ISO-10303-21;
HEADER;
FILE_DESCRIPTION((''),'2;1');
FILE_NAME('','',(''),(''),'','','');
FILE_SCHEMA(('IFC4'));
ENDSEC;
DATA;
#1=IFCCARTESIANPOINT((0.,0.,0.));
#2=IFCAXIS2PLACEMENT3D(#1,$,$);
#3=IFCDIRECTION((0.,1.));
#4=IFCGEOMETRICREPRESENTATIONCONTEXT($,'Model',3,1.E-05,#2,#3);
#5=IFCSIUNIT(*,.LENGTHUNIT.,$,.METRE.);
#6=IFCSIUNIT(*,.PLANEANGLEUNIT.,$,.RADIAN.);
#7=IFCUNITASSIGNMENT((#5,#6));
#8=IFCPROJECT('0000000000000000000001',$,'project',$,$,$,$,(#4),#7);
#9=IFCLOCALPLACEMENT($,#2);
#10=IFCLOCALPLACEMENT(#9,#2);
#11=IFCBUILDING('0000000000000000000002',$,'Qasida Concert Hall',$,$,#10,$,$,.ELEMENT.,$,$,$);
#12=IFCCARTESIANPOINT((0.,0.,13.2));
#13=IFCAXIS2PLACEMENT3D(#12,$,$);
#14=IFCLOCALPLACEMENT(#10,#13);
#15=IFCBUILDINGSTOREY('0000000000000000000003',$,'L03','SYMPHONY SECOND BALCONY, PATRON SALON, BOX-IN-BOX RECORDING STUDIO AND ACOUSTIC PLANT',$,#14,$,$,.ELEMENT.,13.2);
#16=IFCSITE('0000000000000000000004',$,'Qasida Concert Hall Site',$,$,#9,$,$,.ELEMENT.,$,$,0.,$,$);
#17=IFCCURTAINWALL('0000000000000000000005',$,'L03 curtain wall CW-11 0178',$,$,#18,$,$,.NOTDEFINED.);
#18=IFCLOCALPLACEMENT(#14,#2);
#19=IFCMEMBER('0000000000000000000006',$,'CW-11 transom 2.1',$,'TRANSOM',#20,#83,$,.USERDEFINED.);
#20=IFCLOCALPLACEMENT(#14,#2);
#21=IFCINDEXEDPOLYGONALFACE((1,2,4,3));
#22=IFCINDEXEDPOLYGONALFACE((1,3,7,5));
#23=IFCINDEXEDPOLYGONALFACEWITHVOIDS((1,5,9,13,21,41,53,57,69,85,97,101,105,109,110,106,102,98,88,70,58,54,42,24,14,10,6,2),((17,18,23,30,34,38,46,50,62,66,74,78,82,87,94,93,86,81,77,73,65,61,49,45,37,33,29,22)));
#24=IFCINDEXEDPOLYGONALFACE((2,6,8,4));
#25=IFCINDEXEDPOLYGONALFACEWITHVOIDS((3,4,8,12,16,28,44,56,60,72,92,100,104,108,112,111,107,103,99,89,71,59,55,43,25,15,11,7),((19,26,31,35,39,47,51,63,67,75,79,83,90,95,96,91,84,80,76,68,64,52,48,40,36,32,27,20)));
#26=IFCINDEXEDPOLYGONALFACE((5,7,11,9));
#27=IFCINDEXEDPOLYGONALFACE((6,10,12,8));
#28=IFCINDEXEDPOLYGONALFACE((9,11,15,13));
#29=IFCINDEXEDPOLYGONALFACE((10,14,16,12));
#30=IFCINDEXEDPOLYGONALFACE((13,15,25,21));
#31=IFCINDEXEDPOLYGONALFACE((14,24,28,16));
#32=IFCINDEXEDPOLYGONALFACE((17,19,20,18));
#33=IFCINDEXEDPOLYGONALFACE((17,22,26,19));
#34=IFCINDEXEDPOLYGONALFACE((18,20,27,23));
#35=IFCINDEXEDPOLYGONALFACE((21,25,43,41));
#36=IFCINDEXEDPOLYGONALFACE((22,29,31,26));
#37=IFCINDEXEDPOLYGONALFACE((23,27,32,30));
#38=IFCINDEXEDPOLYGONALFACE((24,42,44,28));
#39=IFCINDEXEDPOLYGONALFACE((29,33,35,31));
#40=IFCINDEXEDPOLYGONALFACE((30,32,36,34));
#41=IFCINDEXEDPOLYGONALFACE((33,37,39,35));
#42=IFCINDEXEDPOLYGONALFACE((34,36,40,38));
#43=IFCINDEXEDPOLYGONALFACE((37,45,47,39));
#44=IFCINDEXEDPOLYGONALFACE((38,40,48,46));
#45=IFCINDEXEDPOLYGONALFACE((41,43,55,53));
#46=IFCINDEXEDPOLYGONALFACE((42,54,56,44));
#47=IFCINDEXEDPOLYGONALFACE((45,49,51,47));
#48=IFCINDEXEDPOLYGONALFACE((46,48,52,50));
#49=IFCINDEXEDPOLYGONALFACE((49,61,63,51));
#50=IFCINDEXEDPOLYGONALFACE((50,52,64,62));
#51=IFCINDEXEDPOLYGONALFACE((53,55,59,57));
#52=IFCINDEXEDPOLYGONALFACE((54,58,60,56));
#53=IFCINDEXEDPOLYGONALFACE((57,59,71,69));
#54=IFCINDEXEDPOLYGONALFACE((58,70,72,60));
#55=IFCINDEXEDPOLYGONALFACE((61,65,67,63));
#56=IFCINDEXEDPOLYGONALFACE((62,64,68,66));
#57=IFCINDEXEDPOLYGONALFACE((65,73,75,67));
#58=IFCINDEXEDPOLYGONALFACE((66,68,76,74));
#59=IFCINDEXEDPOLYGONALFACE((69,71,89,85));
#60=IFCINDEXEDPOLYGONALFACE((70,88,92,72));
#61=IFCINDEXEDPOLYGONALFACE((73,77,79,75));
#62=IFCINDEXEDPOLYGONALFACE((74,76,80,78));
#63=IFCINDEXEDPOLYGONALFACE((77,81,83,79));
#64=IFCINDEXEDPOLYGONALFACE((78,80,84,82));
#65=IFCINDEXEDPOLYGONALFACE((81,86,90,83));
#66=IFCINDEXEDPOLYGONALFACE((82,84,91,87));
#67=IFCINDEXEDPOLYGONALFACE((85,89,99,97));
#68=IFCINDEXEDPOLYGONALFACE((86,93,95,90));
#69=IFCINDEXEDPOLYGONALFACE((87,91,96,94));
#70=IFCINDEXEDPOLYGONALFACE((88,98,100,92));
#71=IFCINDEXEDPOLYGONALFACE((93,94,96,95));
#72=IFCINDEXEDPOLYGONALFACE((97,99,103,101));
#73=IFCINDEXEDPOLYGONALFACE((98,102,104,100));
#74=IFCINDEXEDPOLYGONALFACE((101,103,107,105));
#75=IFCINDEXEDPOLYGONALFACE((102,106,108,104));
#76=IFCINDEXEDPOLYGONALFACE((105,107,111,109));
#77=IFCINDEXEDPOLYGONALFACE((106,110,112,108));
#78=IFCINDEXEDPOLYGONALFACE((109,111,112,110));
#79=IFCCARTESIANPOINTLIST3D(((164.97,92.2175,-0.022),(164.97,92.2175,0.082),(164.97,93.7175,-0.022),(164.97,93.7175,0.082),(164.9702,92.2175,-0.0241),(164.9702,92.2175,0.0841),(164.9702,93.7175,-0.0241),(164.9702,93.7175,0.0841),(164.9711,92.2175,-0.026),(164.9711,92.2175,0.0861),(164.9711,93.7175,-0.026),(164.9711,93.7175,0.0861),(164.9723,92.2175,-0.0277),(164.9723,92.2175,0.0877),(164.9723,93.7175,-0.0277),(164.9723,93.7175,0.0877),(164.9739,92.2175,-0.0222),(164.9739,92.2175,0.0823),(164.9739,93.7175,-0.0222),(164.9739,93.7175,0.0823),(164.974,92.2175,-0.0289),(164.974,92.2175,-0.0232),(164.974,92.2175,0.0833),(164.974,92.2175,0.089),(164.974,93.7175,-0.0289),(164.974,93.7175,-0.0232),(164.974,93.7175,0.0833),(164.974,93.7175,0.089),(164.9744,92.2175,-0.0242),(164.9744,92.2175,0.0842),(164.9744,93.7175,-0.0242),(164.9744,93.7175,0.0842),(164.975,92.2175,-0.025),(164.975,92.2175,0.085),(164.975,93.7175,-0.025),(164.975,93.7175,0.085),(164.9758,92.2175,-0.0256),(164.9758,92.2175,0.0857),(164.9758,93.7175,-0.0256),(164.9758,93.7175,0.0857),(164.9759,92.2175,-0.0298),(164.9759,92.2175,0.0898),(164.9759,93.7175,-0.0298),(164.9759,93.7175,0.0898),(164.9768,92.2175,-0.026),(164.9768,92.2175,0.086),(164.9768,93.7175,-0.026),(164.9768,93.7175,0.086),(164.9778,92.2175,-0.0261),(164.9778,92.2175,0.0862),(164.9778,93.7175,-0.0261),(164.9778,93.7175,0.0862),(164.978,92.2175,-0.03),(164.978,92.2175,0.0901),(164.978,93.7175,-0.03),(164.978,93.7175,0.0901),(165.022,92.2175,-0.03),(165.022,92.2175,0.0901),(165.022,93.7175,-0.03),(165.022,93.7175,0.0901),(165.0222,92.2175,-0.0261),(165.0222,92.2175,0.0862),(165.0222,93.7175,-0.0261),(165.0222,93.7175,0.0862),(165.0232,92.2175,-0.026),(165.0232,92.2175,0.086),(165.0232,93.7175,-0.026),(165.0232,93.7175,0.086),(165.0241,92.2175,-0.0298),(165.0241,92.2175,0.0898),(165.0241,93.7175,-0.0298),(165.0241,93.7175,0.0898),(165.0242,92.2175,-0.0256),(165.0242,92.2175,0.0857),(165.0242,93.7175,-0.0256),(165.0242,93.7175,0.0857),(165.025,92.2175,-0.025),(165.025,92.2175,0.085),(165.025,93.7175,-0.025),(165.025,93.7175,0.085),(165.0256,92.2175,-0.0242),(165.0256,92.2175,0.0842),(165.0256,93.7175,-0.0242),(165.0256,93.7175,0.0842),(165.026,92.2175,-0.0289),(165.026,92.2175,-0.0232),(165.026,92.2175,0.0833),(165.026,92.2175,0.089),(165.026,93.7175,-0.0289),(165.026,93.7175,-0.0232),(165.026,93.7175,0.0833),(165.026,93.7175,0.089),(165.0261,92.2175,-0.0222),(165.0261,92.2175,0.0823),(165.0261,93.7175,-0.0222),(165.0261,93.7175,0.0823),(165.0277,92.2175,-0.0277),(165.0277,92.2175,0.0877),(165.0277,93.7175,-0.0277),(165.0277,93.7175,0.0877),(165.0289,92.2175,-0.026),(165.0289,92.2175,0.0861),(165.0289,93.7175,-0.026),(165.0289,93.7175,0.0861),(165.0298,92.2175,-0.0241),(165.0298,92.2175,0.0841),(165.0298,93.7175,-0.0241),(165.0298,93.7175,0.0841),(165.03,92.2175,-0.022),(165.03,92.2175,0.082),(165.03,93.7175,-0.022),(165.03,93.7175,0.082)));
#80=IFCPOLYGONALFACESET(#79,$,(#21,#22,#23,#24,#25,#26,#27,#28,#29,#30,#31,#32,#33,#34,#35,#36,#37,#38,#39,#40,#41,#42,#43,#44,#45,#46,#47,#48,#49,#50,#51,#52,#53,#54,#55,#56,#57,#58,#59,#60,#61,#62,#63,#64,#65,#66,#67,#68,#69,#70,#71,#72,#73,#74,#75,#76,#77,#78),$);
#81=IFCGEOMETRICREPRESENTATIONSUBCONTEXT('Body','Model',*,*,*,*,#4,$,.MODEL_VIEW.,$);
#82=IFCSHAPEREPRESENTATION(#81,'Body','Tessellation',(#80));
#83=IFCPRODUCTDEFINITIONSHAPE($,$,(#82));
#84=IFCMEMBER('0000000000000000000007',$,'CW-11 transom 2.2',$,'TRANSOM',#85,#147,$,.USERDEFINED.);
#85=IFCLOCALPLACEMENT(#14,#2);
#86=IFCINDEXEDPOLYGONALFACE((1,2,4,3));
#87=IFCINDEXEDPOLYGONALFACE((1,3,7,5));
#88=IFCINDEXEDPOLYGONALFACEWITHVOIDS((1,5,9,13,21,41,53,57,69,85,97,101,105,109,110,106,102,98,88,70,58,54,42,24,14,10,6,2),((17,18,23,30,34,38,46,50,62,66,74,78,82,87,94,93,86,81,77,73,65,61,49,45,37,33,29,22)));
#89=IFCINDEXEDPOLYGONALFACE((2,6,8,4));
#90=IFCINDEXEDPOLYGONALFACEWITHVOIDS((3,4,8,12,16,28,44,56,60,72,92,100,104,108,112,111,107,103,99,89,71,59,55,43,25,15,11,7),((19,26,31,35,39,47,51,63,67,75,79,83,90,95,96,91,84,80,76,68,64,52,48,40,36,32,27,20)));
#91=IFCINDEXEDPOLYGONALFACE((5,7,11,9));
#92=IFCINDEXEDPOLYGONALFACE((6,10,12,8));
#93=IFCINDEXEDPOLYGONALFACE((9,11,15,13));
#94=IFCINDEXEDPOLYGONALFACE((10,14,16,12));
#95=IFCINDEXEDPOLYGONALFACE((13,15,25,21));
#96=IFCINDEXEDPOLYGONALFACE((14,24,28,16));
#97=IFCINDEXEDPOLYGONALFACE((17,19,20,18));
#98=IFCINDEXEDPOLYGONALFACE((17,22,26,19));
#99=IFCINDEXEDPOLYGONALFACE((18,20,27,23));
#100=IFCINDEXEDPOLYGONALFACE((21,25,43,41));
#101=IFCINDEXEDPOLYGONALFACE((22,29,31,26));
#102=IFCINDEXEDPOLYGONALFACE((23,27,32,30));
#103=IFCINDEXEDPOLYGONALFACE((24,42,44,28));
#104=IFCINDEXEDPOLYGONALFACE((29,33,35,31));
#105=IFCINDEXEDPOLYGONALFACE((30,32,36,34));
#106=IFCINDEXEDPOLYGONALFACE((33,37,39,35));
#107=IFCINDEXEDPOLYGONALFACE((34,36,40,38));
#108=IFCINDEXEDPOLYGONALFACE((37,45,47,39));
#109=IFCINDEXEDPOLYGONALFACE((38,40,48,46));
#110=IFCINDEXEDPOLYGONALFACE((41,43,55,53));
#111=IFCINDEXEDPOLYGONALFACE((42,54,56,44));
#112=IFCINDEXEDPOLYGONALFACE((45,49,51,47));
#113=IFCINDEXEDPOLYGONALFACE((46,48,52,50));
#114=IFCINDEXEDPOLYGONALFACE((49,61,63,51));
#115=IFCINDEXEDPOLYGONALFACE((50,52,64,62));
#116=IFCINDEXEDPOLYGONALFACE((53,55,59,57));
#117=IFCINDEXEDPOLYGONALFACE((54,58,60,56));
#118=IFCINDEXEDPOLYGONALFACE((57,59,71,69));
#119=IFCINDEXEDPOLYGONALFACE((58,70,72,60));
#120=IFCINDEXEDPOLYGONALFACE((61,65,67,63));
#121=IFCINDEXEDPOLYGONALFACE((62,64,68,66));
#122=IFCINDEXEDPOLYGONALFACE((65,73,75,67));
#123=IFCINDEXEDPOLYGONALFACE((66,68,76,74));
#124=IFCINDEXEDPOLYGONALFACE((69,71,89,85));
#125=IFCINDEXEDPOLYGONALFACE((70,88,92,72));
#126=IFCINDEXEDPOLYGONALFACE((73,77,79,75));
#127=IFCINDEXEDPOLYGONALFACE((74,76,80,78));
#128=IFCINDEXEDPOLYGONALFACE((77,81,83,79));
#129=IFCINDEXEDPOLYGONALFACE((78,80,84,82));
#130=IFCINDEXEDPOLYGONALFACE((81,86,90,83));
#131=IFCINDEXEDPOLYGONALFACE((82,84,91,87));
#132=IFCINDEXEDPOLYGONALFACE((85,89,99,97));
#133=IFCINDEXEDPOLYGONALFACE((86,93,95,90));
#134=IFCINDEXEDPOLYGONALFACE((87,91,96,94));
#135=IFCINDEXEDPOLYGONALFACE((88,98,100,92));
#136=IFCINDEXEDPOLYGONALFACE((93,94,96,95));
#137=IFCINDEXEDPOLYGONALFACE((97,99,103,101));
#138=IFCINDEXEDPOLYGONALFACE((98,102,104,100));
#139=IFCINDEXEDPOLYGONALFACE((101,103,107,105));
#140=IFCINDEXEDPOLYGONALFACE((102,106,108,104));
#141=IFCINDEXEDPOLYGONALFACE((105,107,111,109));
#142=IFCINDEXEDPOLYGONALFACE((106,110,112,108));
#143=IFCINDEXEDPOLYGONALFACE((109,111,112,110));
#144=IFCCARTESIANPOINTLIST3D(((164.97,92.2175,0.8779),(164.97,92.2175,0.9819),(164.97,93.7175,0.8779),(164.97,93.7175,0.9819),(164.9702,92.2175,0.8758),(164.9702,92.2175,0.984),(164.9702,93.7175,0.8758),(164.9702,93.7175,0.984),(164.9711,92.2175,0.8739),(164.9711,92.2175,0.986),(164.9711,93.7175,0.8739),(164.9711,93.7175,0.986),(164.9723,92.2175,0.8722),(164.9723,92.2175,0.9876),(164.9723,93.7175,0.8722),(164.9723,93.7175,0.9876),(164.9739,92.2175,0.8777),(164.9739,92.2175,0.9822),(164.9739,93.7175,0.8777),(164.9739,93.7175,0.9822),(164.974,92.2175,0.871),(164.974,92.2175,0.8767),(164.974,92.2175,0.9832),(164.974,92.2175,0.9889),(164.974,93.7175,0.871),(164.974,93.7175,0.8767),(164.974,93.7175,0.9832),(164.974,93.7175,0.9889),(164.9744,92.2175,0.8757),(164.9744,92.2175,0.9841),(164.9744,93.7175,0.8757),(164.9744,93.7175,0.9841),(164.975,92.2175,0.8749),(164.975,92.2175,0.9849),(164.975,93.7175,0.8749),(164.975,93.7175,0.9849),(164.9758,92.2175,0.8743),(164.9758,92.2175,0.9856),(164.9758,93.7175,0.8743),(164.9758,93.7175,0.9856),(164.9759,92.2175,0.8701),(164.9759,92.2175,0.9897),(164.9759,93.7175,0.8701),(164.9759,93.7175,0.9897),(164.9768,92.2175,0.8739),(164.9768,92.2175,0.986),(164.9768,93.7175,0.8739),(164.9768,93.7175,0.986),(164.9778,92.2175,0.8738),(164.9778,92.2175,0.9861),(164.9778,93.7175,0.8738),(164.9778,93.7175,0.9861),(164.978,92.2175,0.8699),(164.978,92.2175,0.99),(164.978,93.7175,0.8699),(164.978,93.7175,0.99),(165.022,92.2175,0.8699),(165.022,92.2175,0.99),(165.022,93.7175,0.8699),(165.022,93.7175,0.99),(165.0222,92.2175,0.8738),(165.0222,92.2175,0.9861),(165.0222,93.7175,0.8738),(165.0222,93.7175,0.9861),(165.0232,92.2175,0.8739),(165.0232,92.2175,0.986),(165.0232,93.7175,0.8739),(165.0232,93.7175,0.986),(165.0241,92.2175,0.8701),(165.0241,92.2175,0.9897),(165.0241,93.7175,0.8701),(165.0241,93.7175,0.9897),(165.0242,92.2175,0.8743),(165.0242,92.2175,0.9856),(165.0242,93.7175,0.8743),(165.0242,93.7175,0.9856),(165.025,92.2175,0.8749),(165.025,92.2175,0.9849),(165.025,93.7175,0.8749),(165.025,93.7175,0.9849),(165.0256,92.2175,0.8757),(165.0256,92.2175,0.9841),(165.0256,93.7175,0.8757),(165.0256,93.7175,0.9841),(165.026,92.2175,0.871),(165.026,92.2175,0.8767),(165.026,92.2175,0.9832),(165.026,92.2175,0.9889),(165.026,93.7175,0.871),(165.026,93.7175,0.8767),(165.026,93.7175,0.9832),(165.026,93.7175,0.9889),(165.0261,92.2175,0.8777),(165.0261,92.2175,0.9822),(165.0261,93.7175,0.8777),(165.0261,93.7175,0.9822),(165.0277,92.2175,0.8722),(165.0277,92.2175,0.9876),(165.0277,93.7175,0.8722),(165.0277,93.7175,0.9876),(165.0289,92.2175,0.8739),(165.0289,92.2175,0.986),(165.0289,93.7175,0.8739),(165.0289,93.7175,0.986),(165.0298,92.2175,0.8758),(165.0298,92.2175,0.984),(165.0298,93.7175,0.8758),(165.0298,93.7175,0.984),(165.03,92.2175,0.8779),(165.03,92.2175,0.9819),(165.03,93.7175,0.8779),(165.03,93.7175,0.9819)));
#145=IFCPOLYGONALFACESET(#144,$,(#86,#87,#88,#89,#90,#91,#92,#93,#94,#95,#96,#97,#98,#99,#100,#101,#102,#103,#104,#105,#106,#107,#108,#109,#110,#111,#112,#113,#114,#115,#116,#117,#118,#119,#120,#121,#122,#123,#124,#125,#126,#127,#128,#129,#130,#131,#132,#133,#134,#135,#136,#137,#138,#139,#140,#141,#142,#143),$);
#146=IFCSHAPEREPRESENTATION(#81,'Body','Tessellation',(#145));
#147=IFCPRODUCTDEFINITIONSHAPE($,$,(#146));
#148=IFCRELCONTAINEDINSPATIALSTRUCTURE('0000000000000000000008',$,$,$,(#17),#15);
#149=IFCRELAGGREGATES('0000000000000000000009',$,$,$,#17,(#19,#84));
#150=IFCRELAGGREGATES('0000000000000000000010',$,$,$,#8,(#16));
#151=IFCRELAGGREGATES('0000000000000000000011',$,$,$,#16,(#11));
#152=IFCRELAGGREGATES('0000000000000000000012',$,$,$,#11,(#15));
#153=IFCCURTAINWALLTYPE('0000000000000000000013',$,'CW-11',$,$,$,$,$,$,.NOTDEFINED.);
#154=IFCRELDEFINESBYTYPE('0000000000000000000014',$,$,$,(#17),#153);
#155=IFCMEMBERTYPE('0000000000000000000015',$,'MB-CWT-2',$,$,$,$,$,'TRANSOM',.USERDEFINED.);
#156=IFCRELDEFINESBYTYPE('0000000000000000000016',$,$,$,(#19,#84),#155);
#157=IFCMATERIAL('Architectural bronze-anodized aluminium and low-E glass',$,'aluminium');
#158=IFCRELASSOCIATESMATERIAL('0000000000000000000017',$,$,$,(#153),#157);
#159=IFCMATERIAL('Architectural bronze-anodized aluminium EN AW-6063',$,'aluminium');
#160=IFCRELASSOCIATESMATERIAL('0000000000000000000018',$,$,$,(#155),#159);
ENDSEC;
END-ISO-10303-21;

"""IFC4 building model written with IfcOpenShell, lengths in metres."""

from ifc_helpers import new_model, si_unit, direction, frame, origin, origin_2d, place, context, subcontext, project, spatial, hollow_rectangle, extrude, material, material_profile, profile_set, type_object, element, aggregate, save


model = new_model("IFC4")

# Units and contexts
model_context = context("Model", 3, precision=1e-05, world=origin(), true_north=direction((0.0, 1.0)))
body_context = subcontext(model_context, "Body", "Model", "MODEL_VIEW")
ifc_project = project(units=[si_unit("LENGTHUNIT", "METRE"), si_unit("PLANEANGLEUNIT", "RADIAN")], contexts=[model_context])

# Site, building, storey
site_placement = place(None, origin())
site = spatial("IfcSite", under=ifc_project, at=site_placement, Name="Qasida Concert Hall Site", CompositionType="ELEMENT", RefElevation=0.0)
building_placement = place(site_placement, origin())
building = spatial("IfcBuilding", under=site, at=building_placement, Name="Qasida Concert Hall", CompositionType="ELEMENT")
storey_placement = place(building_placement, frame((0.0, 0.0, 13.2)))
storey = spatial("IfcBuildingStorey", under=building, at=storey_placement, Name="L03", Description="SYMPHONY SECOND BALCONY, PATRON SALON, BOX-IN-BOX RECORDING STUDIO AND ACOUSTIC PLANT", CompositionType="ELEMENT", Elevation=13.2)

# Curtain wall, members
ifc_material_1 = material(Name="Architectural bronze-anodized aluminium and low-E glass", Category="aluminium")
curtain_wall_type = type_object("IfcCurtainWallType", Name="CW-11", PredefinedType="NOTDEFINED", material=ifc_material_1)
curtain_wall_placement = place(storey_placement, origin())
curtain_wall = element("IfcCurtainWall", 1, at=curtain_wall_placement, inside=storey, type_object=curtain_wall_type, Name="L03 curtain wall CW-11 0178", PredefinedType="NOTDEFINED")
ifc_material_2 = material(Name="Architectural bronze-anodized aluminium EN AW-6063", Category="aluminium")
ifc_material_profile_1 = material_profile(ifc_material_2, hollow_rectangle(XDim=0.0601, YDim=0.1201, WallThickness=0.0039, InnerFilletRadius=0.0039, OuterFilletRadius=0.0081, at=origin_2d()), Name="CWT 120x60x4")
ifc_profile_set_1 = profile_set([ifc_material_profile_1], Name="Architectural bronze-anodized aluminium EN AW-6063")
member_type_1 = type_object("IfcMemberType", Name="MB-CWT-2", ElementType="TRANSOM", PredefinedType="USERDEFINED", material=ifc_profile_set_1)
member_1_placement = place(storey_placement, frame((165.0, 92.2175, 0.03), z_axis=(0.0, 1.0, 0.0), x_axis=(-1.0, 0.0, 0.0)))
member_1 = element("IfcMember", 2, at=member_1_placement, type_object=member_type_1, Name="CW-11 transom 2.1", ObjectType="TRANSOM", PredefinedType="USERDEFINED", context=body_context, shape_type="SweptSolid", body=[
    extrude(hollow_rectangle(XDim=0.0601, YDim=0.1201, WallThickness=0.0039, InnerFilletRadius=0.0039, OuterFilletRadius=0.0081, at=origin_2d()), origin(), (0.0, 0.0, 1.0), 1.5),
])
member_2_placement = place(storey_placement, frame((165.0, 92.2175, 0.9299), z_axis=(0.0, 1.0, 0.0), x_axis=(-1.0, 0.0, 0.0)))
member_2 = element("IfcMember", 3, at=member_2_placement, type_object=member_type_1, Name="CW-11 transom 2.2", ObjectType="TRANSOM", PredefinedType="USERDEFINED", context=body_context, shape_type="SweptSolid", body=[
    extrude(hollow_rectangle(XDim=0.0601, YDim=0.1201, WallThickness=0.0039, InnerFilletRadius=0.0039, OuterFilletRadius=0.0081, at=origin_2d()), origin(), (0.0, 0.0, 1.0), 1.5),
])
aggregate(curtain_wall, [member_1, member_2])

save(model, "model.ifc")
